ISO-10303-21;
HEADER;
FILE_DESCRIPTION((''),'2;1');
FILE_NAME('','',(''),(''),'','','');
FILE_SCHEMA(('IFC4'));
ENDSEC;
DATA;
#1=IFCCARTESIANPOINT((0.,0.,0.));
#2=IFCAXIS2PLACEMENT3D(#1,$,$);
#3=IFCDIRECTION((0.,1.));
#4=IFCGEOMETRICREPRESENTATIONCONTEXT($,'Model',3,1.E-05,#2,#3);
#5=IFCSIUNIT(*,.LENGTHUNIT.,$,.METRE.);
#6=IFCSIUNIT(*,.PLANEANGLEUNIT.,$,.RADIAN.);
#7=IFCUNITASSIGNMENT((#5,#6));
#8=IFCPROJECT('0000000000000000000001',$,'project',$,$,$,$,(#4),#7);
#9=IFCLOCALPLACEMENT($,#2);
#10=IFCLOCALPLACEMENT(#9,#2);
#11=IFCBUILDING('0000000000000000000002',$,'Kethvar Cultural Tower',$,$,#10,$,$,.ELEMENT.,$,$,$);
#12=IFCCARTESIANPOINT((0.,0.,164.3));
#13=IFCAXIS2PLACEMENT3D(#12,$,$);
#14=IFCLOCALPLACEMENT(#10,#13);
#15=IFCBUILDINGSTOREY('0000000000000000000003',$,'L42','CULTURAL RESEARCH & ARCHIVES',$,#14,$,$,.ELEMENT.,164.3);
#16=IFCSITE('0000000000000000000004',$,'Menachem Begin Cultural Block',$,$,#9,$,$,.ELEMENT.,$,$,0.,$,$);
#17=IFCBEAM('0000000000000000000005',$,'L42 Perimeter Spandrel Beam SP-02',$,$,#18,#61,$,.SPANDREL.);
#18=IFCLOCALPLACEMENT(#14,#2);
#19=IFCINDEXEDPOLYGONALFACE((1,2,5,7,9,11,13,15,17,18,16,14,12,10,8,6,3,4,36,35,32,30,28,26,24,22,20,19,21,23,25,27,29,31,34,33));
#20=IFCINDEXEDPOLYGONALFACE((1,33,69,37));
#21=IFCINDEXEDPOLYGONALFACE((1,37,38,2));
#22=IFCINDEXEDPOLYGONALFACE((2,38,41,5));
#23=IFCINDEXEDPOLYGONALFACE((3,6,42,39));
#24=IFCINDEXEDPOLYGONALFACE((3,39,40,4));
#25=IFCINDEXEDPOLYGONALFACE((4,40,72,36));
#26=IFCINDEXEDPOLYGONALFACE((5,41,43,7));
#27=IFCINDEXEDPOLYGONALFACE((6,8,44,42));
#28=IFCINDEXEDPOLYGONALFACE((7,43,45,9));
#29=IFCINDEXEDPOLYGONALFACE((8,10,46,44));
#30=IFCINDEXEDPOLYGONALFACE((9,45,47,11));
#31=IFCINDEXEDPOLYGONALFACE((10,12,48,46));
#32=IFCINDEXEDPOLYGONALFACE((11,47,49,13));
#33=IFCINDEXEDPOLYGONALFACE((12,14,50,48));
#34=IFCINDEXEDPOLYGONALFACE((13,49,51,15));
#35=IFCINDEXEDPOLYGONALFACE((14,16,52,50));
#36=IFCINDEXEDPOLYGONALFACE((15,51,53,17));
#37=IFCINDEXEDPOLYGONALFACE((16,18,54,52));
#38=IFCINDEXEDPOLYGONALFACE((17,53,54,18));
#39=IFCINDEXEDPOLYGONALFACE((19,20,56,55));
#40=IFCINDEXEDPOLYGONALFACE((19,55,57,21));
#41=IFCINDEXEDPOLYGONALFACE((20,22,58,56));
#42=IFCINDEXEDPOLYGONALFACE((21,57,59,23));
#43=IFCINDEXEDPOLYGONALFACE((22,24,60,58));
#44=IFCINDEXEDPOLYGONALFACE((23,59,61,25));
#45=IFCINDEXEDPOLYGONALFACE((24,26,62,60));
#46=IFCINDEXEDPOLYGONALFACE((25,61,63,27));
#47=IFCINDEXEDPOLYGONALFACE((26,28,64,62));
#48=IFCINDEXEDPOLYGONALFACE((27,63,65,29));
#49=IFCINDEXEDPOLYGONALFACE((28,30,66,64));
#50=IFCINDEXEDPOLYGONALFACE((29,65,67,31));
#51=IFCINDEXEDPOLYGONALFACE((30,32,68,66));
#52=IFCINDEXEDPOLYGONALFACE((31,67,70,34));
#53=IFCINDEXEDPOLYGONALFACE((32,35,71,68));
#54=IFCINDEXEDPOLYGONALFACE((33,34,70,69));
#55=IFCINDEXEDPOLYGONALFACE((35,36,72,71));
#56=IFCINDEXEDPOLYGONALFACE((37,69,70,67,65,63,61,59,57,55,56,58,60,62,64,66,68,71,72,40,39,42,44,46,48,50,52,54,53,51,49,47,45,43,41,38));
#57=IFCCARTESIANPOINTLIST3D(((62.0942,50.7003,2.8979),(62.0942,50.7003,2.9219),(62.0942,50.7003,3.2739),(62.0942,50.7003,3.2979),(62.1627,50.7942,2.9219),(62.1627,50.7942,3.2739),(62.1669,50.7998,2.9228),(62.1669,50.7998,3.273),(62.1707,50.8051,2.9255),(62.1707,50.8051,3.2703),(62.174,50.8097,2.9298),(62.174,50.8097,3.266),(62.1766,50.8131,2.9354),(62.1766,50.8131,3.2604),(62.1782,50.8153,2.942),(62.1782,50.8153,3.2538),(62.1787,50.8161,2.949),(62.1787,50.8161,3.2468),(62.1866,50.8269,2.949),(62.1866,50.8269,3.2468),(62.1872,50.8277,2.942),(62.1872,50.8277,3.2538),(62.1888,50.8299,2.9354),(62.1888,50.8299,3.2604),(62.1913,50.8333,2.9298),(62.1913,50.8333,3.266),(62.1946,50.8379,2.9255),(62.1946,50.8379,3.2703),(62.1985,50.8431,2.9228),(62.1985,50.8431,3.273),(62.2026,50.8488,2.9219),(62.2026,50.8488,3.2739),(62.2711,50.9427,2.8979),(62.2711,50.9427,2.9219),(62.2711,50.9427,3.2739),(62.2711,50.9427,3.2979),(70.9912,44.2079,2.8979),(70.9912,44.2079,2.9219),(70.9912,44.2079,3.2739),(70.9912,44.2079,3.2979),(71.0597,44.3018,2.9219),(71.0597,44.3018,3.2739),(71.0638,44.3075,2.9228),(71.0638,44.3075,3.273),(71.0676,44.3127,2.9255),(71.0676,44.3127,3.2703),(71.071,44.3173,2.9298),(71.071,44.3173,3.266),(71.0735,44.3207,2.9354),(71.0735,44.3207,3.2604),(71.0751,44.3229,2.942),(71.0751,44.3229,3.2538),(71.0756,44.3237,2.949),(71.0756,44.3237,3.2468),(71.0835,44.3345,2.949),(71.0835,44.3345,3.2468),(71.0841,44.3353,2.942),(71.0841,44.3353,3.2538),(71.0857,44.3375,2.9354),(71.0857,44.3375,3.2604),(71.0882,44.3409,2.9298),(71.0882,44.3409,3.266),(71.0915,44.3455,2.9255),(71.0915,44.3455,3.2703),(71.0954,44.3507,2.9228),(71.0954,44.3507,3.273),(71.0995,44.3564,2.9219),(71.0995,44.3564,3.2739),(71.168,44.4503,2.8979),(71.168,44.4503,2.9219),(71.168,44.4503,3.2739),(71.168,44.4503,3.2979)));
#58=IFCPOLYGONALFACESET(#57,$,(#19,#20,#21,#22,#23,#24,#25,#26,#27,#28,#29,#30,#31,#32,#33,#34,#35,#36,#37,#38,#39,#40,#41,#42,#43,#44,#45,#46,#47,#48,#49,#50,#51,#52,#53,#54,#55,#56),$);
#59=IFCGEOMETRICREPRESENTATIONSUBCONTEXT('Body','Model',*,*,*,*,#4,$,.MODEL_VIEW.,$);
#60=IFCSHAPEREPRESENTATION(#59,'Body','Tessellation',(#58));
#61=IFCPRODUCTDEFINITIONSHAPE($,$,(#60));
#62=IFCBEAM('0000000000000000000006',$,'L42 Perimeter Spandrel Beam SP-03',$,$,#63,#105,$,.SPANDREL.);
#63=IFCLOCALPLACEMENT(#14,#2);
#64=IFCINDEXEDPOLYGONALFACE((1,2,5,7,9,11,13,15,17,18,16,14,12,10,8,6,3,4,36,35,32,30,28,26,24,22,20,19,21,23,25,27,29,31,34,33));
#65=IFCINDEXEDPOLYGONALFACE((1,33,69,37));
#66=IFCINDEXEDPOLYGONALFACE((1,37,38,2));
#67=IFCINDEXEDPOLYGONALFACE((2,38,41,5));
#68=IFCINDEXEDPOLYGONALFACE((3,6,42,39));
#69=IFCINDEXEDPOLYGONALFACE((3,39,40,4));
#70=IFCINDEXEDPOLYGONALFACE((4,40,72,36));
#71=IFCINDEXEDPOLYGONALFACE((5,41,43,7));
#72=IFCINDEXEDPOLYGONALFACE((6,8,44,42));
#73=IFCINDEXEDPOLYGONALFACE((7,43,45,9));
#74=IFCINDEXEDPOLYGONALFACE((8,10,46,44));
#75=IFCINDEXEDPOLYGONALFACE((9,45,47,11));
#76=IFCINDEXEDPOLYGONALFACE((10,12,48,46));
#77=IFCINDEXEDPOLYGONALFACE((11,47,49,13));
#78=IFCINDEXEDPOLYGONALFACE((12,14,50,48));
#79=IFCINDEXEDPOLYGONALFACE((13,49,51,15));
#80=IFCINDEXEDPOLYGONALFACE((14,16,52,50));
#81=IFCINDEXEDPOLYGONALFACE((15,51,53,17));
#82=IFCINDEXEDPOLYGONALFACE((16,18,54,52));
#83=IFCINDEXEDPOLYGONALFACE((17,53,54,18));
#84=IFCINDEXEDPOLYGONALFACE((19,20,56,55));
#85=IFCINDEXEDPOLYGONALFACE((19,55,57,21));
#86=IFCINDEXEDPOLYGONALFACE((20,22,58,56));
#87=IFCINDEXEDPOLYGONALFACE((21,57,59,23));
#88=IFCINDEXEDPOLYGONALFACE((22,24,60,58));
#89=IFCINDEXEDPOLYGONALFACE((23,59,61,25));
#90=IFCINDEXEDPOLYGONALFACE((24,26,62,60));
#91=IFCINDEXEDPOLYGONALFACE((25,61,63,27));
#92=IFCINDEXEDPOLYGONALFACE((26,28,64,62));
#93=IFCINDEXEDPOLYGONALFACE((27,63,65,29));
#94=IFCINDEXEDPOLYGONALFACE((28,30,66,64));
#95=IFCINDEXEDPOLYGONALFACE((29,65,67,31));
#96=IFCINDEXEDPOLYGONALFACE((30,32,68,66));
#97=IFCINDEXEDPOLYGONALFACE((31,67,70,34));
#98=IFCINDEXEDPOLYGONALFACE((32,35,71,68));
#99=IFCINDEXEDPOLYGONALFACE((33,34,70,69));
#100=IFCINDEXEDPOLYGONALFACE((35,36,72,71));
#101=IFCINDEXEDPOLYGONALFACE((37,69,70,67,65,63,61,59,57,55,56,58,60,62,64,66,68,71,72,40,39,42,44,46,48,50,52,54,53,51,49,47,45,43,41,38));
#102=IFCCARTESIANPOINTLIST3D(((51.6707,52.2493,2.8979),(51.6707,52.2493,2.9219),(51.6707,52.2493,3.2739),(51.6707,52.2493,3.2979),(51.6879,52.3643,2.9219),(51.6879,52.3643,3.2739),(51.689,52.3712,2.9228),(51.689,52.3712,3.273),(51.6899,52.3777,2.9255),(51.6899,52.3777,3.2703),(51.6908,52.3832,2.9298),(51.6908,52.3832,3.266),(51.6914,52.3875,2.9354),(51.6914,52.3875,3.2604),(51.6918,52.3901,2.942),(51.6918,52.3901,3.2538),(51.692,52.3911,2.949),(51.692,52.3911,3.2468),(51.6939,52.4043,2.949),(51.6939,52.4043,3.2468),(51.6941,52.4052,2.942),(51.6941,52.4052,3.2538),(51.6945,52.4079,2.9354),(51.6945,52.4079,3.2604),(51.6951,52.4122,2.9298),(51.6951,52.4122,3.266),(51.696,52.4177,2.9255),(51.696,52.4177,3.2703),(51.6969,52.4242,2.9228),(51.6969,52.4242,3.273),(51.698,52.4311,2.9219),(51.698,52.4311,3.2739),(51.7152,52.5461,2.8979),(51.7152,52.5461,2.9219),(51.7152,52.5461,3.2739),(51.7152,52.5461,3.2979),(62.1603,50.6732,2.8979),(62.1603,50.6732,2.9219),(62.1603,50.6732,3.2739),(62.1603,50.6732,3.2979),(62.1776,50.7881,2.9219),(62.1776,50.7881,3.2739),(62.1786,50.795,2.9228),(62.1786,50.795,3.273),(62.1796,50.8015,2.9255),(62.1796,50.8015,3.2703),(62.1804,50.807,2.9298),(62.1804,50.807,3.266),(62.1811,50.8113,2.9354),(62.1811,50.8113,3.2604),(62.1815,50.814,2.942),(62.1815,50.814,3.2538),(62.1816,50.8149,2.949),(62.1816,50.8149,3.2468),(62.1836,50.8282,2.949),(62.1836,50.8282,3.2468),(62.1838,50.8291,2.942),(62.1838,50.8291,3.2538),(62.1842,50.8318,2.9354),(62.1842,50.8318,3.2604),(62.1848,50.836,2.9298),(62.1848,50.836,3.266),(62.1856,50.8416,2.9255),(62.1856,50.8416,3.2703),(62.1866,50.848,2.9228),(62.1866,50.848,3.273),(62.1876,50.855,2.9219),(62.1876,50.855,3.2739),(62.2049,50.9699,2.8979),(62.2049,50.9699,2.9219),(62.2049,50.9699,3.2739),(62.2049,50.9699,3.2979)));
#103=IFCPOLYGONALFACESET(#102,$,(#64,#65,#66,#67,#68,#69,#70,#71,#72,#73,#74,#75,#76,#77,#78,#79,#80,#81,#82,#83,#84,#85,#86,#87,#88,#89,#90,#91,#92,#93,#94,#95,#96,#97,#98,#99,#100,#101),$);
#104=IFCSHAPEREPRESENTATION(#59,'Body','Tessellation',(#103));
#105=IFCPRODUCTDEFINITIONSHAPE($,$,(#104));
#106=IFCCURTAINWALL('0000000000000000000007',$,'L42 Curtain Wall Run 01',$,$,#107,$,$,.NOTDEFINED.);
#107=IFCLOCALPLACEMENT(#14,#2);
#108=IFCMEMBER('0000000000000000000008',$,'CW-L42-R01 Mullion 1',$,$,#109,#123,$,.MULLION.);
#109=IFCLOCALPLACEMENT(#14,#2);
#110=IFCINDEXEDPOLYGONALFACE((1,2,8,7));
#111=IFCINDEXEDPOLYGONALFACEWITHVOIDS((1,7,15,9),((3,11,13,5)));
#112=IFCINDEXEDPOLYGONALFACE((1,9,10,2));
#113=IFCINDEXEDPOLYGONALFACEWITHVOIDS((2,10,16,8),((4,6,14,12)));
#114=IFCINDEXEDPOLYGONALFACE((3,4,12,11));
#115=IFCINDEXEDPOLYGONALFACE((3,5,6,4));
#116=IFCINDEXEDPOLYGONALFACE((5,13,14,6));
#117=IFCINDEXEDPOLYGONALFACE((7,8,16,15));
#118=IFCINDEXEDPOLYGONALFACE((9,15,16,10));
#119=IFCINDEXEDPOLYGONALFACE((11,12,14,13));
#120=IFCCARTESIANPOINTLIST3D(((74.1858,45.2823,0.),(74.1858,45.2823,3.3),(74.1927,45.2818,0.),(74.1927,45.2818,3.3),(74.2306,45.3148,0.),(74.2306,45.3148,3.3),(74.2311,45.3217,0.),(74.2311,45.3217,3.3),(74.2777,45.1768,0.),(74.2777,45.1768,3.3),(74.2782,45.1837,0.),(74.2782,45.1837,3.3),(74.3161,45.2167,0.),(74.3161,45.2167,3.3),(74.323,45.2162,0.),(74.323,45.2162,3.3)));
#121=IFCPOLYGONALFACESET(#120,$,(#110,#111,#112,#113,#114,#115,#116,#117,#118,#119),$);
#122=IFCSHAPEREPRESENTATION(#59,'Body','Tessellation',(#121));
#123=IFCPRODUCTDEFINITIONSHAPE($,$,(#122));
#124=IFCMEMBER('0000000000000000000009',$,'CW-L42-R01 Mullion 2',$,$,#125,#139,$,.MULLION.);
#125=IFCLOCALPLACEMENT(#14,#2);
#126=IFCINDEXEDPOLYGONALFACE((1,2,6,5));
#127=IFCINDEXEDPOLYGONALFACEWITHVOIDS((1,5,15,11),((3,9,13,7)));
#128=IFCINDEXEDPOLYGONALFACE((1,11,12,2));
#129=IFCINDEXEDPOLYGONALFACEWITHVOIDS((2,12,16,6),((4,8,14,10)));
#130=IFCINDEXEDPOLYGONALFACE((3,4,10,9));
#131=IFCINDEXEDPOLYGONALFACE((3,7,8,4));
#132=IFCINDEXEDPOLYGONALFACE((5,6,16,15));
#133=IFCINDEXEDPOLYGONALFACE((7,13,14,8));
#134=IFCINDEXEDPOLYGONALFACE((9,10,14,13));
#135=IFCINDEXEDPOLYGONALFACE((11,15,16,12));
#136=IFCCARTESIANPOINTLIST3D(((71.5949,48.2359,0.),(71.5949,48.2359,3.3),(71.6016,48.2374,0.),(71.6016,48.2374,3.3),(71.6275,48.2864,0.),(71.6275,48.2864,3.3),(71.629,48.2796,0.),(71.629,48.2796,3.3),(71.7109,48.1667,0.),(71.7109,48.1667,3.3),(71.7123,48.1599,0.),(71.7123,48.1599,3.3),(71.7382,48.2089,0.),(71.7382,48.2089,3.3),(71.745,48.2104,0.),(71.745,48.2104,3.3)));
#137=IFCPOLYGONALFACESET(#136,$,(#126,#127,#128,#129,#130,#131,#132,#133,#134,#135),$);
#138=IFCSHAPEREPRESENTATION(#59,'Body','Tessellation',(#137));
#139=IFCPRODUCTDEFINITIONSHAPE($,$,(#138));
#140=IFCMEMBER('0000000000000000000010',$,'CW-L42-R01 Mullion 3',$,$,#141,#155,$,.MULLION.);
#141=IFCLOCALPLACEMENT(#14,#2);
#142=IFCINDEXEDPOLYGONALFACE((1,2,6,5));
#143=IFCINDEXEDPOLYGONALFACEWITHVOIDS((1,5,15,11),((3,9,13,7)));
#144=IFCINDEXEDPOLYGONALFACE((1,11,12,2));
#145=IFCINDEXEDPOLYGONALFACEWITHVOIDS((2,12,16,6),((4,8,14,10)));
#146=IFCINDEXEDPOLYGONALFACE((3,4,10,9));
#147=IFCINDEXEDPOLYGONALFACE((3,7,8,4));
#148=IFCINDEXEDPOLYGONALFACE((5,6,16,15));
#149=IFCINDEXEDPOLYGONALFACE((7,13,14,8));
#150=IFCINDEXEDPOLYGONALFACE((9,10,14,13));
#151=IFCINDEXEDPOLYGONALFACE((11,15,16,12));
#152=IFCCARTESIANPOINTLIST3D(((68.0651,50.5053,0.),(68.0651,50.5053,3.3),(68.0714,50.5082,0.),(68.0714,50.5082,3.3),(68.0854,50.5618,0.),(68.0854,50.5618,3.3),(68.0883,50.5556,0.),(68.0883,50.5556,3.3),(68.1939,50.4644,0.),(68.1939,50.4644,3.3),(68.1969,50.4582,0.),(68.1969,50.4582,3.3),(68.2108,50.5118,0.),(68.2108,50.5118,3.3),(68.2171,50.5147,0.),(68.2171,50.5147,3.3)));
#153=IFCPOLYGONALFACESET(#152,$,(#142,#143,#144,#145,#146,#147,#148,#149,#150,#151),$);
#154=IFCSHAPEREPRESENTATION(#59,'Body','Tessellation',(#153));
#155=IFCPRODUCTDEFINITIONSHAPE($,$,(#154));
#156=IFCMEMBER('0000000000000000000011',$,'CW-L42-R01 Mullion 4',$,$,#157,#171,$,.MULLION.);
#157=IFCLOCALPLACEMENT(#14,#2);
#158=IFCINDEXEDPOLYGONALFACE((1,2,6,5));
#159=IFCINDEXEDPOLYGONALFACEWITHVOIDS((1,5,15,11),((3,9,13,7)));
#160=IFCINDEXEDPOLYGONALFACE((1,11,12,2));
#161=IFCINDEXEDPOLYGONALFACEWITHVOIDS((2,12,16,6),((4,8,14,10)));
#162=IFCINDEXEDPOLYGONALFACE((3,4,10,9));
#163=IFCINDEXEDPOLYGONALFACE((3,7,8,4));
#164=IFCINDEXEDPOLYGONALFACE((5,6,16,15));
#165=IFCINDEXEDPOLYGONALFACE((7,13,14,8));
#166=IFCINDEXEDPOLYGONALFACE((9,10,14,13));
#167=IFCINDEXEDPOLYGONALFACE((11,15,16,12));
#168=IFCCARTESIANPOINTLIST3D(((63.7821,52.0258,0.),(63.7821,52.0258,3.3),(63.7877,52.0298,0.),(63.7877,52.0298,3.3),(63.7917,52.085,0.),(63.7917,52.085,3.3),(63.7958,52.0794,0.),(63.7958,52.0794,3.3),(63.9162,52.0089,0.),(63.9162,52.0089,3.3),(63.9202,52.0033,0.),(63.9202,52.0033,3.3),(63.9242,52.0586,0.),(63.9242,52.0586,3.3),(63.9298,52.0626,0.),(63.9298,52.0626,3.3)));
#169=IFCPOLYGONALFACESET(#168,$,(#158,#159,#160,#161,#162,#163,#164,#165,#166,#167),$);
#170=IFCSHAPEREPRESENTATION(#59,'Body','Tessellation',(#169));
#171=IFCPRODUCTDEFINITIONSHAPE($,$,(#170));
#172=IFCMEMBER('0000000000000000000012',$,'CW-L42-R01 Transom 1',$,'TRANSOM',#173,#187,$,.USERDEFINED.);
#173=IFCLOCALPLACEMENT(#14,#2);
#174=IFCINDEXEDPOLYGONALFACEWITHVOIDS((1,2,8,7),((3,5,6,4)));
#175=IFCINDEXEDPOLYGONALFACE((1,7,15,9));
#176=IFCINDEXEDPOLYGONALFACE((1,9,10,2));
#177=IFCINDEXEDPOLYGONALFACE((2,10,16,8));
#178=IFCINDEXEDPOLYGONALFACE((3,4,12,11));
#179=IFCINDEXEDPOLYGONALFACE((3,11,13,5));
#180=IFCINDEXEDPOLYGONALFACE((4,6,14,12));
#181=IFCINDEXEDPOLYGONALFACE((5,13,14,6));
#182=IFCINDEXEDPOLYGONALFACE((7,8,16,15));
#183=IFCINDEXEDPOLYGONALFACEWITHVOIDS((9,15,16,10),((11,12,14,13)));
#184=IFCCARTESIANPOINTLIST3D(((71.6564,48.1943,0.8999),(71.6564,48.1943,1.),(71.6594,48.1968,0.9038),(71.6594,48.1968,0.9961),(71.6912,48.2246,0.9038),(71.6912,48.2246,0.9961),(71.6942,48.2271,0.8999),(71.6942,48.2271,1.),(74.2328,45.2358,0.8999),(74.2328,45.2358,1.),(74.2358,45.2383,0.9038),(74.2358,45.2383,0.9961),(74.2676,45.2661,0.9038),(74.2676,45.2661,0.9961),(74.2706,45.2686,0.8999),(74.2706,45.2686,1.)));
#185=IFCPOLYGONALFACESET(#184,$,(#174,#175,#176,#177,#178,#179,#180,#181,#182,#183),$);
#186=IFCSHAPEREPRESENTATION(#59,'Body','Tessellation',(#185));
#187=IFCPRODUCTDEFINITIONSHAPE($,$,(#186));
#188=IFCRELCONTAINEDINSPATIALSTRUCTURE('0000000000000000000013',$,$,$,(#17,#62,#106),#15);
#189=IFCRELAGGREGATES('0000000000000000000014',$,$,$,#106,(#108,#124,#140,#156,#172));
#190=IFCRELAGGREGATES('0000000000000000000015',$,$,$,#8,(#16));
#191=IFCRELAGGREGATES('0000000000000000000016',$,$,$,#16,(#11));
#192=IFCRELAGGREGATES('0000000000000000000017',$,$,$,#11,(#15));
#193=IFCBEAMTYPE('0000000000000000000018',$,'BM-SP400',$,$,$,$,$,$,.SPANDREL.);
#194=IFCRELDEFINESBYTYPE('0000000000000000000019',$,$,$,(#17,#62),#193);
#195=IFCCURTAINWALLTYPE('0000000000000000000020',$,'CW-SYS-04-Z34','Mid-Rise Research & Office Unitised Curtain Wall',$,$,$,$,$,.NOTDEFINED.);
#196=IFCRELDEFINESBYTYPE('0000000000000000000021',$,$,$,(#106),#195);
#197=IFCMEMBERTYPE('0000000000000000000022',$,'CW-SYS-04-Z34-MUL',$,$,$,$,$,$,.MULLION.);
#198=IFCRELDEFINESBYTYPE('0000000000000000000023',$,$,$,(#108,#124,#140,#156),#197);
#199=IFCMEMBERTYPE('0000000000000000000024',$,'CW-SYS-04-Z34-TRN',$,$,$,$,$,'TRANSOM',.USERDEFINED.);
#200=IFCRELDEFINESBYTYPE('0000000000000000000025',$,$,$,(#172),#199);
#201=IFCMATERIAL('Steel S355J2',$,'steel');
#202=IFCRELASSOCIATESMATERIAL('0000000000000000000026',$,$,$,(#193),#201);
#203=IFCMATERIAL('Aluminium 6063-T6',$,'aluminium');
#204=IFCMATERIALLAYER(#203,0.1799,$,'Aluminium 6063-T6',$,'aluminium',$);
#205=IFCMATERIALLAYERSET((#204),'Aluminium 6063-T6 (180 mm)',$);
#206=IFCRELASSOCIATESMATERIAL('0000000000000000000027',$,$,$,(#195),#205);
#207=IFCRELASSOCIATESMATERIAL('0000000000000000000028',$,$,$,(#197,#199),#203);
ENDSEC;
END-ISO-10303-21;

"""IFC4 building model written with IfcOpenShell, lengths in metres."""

from ifc_helpers import new_model, si_unit, direction, frame, origin, origin_2d, place, context, subcontext, project, spatial, hollow_rectangle, i_section, extrude, source, transform, mapped, material, layer, layer_set, material_profile, profile_set, type_object, element, aggregate, save


model = new_model("IFC4")

# Units and contexts
model_context = context("Model", 3, precision=1e-05, world=origin(), true_north=direction((0.0, 1.0)))
body_context = subcontext(model_context, "Body", "Model", "MODEL_VIEW")
ifc_project = project(units=[si_unit("LENGTHUNIT", "METRE"), si_unit("PLANEANGLEUNIT", "RADIAN")], contexts=[model_context])

# Site, building, storey
site_placement = place(None, origin())
site = spatial("IfcSite", under=ifc_project, at=site_placement, Name="Menachem Begin Cultural Block", CompositionType="ELEMENT", RefElevation=0.0)
building_placement = place(site_placement, origin())
building = spatial("IfcBuilding", under=site, at=building_placement, Name="Kethvar Cultural Tower", CompositionType="ELEMENT")
storey_placement = place(building_placement, frame((0.0, 0.0, 164.3)))
storey = spatial("IfcBuildingStorey", under=building, at=storey_placement, Name="L42", Description="CULTURAL RESEARCH & ARCHIVES", CompositionType="ELEMENT", Elevation=164.3)

# Beams
ifc_material_1 = material(Name="Steel S355J2", Category="steel")
ifc_material_profile_1 = material_profile(ifc_material_1, i_section(OverallWidth=0.3, OverallDepth=0.3999, WebThickness=0.0134, FlangeThickness=0.0239, FilletRadius=0.0271, at=origin_2d()), Name="Steel S355J2 — HEB400")
ifc_profile_set_1 = profile_set([ifc_material_profile_1], Name="Steel S355J2 — HEB400")
beam_type_1 = type_object("IfcBeamType", Name="BM-SP400", PredefinedType="SPANDREL", material=ifc_profile_set_1)
shared_shape_1 = source(origin(), body_context, "Body", "SweptSolid", [
    extrude(i_section(OverallWidth=0.3, OverallDepth=0.3999, WebThickness=0.0134, FlangeThickness=0.0239, FilletRadius=0.0271, at=origin_2d()), origin(), (0.0, 0.0, 1.0), 11.0139),
])
beam_1_placement = place(storey_placement, frame((71.0796, 44.3291, 3.0979), z_axis=(-0.807789, 0.589472, 0.0), x_axis=(-0.589472, -0.807789, 0.0)))
element("IfcBeam", 1, at=beam_1_placement, inside=storey, type_object=beam_type_1, Name="L42 Perimeter Spandrel Beam SP-02", PredefinedType="SPANDREL", context=body_context, shape_type="MappedRepresentation", body=[
    mapped(shared_shape_1, transform((0.0, 0.0, 0.0), scale=1.0)),
])
shared_shape_2 = source(origin(), body_context, "Body", "SweptSolid", [
    extrude(i_section(OverallWidth=0.3, OverallDepth=0.3999, WebThickness=0.0134, FlangeThickness=0.0239, FilletRadius=0.0271, at=origin_2d()), origin(), (0.0, 0.0, 1.0), 10.6074),
])
beam_2_placement = place(storey_placement, frame((62.1826, 50.8215, 3.0979), z_axis=(-0.988899, 0.14859, 0.0), x_axis=(-0.14859, -0.988899, 0.0)))
element("IfcBeam", 2, at=beam_2_placement, inside=storey, type_object=beam_type_1, Name="L42 Perimeter Spandrel Beam SP-03", PredefinedType="SPANDREL", context=body_context, shape_type="MappedRepresentation", body=[
    mapped(shared_shape_2, transform((0.0, 0.0, 0.0), scale=1.0)),
])

# Curtain wall, members
ifc_material_2 = material(Name="Aluminium 6063-T6", Category="aluminium")
ifc_layer_1 = layer(ifc_material_2, 0.1799, Name="Aluminium 6063-T6", Category="aluminium")
ifc_layer_set_1 = layer_set([ifc_layer_1], Name="Aluminium 6063-T6 (180 mm)")
curtain_wall_type = type_object("IfcCurtainWallType", Name="CW-SYS-04-Z34", Description="Mid-Rise Research & Office Unitised Curtain Wall", PredefinedType="NOTDEFINED", material=ifc_layer_set_1)
curtain_wall_1_placement = place(storey_placement, origin())
curtain_wall_1 = element("IfcCurtainWall", 3, at=curtain_wall_1_placement, inside=storey, type_object=curtain_wall_type, Name="L42 Curtain Wall Run 01", PredefinedType="NOTDEFINED")
ifc_material_profile_2 = material_profile(ifc_material_2, hollow_rectangle(XDim=0.0601, YDim=0.1399, WallThickness=0.0049, at=origin_2d()), Name="Aluminium 6063-T6 — RHS140x60x5")
ifc_profile_set_2 = profile_set([ifc_material_profile_2], Name="Aluminium 6063-T6 — RHS140x60x5")
member_type_1 = type_object("IfcMemberType", Name="CW-SYS-04-Z34-MUL", PredefinedType="MULLION", material=ifc_profile_set_2)
shared_shape_3 = source(origin(), body_context, "Body", "SweptSolid", [
    extrude(hollow_rectangle(XDim=0.0601, YDim=0.1399, WallThickness=0.0049, at=origin_2d()), origin(), (0.0, 0.0, 1.0), 3.3),
])
member_1_placement = place(storey_placement, frame((74.2544, 45.2493, 0.0), z_axis=(0.0, 0.0, 1.0), x_axis=(-0.754102, -0.656757, 0.0)))
member_1 = element("IfcMember", 4, at=member_1_placement, type_object=member_type_1, Name="CW-L42-R01 Mullion 1", PredefinedType="MULLION", context=body_context, shape_type="MappedRepresentation", body=[
    mapped(shared_shape_3, transform((0.0, 0.0, 0.0), scale=1.0)),
])
member_2_placement = place(storey_placement, frame((71.6699, 48.2231, 0.0), z_axis=(0.0, 0.0, 1.0), x_axis=(-0.543248, -0.839572, 0.0)))
member_2 = element("IfcMember", 5, at=member_2_placement, type_object=member_type_1, Name="CW-L42-R01 Mullion 2", PredefinedType="MULLION", context=body_context, shape_type="MappedRepresentation", body=[
    mapped(shared_shape_3, transform((0.0, 0.0, 0.0), scale=1.0)),
])
member_3_placement = place(storey_placement, frame((68.1411, 50.51, 0.0), z_axis=(0.0, 0.0, 1.0), x_axis=(-0.336701, -0.941612, 0.0)))
member_3 = element("IfcMember", 6, at=member_3_placement, type_object=member_type_1, Name="CW-L42-R01 Mullion 3", PredefinedType="MULLION", context=body_context, shape_type="MappedRepresentation", body=[
    mapped(shared_shape_3, transform((0.0, 0.0, 0.0), scale=1.0)),
])
member_4_placement = place(storey_placement, frame((63.856, 52.0442, 0.0), z_axis=(0.0, 0.0, 1.0), x_axis=(-0.160191, -0.987086, 0.0)))
member_4 = element("IfcMember", 7, at=member_4_placement, type_object=member_type_1, Name="CW-L42-R01 Mullion 4", PredefinedType="MULLION", context=body_context, shape_type="MappedRepresentation", body=[
    mapped(shared_shape_3, transform((0.0, 0.0, 0.0), scale=1.0)),
])
ifc_material_profile_3 = material_profile(ifc_material_2, hollow_rectangle(XDim=0.05, YDim=0.1001, WallThickness=0.0039, at=origin_2d()), Name="Aluminium 6063-T6 — RHS100x50x4")
ifc_profile_set_3 = profile_set([ifc_material_profile_3], Name="Aluminium 6063-T6 — RHS100x50x4")
member_type_2 = type_object("IfcMemberType", Name="CW-SYS-04-Z34-TRN", ElementType="TRANSOM", PredefinedType="USERDEFINED", material=ifc_profile_set_3)
shared_shape_4 = source(origin(), body_context, "Body", "SweptSolid", [
    extrude(hollow_rectangle(XDim=0.05, YDim=0.1001, WallThickness=0.0039, at=origin_2d()), origin(), (0.0, 0.0, 1.0), 3.9231),
])
member_5_placement = place(storey_placement, frame((74.2517, 45.2522, 0.95), z_axis=(-0.656732, 0.754124, 0.0), x_axis=(-0.754124, -0.656732, 0.0)))
member_5 = element("IfcMember", 8, at=member_5_placement, type_object=member_type_2, Name="CW-L42-R01 Transom 1", ObjectType="TRANSOM", PredefinedType="USERDEFINED", context=body_context, shape_type="MappedRepresentation", body=[
    mapped(shared_shape_4, transform((0.0, 0.0, 0.0), scale=1.0)),
])

aggregate(curtain_wall_1, [member_1, member_2, member_3, member_4, member_5])

save(model, "model.ifc")
